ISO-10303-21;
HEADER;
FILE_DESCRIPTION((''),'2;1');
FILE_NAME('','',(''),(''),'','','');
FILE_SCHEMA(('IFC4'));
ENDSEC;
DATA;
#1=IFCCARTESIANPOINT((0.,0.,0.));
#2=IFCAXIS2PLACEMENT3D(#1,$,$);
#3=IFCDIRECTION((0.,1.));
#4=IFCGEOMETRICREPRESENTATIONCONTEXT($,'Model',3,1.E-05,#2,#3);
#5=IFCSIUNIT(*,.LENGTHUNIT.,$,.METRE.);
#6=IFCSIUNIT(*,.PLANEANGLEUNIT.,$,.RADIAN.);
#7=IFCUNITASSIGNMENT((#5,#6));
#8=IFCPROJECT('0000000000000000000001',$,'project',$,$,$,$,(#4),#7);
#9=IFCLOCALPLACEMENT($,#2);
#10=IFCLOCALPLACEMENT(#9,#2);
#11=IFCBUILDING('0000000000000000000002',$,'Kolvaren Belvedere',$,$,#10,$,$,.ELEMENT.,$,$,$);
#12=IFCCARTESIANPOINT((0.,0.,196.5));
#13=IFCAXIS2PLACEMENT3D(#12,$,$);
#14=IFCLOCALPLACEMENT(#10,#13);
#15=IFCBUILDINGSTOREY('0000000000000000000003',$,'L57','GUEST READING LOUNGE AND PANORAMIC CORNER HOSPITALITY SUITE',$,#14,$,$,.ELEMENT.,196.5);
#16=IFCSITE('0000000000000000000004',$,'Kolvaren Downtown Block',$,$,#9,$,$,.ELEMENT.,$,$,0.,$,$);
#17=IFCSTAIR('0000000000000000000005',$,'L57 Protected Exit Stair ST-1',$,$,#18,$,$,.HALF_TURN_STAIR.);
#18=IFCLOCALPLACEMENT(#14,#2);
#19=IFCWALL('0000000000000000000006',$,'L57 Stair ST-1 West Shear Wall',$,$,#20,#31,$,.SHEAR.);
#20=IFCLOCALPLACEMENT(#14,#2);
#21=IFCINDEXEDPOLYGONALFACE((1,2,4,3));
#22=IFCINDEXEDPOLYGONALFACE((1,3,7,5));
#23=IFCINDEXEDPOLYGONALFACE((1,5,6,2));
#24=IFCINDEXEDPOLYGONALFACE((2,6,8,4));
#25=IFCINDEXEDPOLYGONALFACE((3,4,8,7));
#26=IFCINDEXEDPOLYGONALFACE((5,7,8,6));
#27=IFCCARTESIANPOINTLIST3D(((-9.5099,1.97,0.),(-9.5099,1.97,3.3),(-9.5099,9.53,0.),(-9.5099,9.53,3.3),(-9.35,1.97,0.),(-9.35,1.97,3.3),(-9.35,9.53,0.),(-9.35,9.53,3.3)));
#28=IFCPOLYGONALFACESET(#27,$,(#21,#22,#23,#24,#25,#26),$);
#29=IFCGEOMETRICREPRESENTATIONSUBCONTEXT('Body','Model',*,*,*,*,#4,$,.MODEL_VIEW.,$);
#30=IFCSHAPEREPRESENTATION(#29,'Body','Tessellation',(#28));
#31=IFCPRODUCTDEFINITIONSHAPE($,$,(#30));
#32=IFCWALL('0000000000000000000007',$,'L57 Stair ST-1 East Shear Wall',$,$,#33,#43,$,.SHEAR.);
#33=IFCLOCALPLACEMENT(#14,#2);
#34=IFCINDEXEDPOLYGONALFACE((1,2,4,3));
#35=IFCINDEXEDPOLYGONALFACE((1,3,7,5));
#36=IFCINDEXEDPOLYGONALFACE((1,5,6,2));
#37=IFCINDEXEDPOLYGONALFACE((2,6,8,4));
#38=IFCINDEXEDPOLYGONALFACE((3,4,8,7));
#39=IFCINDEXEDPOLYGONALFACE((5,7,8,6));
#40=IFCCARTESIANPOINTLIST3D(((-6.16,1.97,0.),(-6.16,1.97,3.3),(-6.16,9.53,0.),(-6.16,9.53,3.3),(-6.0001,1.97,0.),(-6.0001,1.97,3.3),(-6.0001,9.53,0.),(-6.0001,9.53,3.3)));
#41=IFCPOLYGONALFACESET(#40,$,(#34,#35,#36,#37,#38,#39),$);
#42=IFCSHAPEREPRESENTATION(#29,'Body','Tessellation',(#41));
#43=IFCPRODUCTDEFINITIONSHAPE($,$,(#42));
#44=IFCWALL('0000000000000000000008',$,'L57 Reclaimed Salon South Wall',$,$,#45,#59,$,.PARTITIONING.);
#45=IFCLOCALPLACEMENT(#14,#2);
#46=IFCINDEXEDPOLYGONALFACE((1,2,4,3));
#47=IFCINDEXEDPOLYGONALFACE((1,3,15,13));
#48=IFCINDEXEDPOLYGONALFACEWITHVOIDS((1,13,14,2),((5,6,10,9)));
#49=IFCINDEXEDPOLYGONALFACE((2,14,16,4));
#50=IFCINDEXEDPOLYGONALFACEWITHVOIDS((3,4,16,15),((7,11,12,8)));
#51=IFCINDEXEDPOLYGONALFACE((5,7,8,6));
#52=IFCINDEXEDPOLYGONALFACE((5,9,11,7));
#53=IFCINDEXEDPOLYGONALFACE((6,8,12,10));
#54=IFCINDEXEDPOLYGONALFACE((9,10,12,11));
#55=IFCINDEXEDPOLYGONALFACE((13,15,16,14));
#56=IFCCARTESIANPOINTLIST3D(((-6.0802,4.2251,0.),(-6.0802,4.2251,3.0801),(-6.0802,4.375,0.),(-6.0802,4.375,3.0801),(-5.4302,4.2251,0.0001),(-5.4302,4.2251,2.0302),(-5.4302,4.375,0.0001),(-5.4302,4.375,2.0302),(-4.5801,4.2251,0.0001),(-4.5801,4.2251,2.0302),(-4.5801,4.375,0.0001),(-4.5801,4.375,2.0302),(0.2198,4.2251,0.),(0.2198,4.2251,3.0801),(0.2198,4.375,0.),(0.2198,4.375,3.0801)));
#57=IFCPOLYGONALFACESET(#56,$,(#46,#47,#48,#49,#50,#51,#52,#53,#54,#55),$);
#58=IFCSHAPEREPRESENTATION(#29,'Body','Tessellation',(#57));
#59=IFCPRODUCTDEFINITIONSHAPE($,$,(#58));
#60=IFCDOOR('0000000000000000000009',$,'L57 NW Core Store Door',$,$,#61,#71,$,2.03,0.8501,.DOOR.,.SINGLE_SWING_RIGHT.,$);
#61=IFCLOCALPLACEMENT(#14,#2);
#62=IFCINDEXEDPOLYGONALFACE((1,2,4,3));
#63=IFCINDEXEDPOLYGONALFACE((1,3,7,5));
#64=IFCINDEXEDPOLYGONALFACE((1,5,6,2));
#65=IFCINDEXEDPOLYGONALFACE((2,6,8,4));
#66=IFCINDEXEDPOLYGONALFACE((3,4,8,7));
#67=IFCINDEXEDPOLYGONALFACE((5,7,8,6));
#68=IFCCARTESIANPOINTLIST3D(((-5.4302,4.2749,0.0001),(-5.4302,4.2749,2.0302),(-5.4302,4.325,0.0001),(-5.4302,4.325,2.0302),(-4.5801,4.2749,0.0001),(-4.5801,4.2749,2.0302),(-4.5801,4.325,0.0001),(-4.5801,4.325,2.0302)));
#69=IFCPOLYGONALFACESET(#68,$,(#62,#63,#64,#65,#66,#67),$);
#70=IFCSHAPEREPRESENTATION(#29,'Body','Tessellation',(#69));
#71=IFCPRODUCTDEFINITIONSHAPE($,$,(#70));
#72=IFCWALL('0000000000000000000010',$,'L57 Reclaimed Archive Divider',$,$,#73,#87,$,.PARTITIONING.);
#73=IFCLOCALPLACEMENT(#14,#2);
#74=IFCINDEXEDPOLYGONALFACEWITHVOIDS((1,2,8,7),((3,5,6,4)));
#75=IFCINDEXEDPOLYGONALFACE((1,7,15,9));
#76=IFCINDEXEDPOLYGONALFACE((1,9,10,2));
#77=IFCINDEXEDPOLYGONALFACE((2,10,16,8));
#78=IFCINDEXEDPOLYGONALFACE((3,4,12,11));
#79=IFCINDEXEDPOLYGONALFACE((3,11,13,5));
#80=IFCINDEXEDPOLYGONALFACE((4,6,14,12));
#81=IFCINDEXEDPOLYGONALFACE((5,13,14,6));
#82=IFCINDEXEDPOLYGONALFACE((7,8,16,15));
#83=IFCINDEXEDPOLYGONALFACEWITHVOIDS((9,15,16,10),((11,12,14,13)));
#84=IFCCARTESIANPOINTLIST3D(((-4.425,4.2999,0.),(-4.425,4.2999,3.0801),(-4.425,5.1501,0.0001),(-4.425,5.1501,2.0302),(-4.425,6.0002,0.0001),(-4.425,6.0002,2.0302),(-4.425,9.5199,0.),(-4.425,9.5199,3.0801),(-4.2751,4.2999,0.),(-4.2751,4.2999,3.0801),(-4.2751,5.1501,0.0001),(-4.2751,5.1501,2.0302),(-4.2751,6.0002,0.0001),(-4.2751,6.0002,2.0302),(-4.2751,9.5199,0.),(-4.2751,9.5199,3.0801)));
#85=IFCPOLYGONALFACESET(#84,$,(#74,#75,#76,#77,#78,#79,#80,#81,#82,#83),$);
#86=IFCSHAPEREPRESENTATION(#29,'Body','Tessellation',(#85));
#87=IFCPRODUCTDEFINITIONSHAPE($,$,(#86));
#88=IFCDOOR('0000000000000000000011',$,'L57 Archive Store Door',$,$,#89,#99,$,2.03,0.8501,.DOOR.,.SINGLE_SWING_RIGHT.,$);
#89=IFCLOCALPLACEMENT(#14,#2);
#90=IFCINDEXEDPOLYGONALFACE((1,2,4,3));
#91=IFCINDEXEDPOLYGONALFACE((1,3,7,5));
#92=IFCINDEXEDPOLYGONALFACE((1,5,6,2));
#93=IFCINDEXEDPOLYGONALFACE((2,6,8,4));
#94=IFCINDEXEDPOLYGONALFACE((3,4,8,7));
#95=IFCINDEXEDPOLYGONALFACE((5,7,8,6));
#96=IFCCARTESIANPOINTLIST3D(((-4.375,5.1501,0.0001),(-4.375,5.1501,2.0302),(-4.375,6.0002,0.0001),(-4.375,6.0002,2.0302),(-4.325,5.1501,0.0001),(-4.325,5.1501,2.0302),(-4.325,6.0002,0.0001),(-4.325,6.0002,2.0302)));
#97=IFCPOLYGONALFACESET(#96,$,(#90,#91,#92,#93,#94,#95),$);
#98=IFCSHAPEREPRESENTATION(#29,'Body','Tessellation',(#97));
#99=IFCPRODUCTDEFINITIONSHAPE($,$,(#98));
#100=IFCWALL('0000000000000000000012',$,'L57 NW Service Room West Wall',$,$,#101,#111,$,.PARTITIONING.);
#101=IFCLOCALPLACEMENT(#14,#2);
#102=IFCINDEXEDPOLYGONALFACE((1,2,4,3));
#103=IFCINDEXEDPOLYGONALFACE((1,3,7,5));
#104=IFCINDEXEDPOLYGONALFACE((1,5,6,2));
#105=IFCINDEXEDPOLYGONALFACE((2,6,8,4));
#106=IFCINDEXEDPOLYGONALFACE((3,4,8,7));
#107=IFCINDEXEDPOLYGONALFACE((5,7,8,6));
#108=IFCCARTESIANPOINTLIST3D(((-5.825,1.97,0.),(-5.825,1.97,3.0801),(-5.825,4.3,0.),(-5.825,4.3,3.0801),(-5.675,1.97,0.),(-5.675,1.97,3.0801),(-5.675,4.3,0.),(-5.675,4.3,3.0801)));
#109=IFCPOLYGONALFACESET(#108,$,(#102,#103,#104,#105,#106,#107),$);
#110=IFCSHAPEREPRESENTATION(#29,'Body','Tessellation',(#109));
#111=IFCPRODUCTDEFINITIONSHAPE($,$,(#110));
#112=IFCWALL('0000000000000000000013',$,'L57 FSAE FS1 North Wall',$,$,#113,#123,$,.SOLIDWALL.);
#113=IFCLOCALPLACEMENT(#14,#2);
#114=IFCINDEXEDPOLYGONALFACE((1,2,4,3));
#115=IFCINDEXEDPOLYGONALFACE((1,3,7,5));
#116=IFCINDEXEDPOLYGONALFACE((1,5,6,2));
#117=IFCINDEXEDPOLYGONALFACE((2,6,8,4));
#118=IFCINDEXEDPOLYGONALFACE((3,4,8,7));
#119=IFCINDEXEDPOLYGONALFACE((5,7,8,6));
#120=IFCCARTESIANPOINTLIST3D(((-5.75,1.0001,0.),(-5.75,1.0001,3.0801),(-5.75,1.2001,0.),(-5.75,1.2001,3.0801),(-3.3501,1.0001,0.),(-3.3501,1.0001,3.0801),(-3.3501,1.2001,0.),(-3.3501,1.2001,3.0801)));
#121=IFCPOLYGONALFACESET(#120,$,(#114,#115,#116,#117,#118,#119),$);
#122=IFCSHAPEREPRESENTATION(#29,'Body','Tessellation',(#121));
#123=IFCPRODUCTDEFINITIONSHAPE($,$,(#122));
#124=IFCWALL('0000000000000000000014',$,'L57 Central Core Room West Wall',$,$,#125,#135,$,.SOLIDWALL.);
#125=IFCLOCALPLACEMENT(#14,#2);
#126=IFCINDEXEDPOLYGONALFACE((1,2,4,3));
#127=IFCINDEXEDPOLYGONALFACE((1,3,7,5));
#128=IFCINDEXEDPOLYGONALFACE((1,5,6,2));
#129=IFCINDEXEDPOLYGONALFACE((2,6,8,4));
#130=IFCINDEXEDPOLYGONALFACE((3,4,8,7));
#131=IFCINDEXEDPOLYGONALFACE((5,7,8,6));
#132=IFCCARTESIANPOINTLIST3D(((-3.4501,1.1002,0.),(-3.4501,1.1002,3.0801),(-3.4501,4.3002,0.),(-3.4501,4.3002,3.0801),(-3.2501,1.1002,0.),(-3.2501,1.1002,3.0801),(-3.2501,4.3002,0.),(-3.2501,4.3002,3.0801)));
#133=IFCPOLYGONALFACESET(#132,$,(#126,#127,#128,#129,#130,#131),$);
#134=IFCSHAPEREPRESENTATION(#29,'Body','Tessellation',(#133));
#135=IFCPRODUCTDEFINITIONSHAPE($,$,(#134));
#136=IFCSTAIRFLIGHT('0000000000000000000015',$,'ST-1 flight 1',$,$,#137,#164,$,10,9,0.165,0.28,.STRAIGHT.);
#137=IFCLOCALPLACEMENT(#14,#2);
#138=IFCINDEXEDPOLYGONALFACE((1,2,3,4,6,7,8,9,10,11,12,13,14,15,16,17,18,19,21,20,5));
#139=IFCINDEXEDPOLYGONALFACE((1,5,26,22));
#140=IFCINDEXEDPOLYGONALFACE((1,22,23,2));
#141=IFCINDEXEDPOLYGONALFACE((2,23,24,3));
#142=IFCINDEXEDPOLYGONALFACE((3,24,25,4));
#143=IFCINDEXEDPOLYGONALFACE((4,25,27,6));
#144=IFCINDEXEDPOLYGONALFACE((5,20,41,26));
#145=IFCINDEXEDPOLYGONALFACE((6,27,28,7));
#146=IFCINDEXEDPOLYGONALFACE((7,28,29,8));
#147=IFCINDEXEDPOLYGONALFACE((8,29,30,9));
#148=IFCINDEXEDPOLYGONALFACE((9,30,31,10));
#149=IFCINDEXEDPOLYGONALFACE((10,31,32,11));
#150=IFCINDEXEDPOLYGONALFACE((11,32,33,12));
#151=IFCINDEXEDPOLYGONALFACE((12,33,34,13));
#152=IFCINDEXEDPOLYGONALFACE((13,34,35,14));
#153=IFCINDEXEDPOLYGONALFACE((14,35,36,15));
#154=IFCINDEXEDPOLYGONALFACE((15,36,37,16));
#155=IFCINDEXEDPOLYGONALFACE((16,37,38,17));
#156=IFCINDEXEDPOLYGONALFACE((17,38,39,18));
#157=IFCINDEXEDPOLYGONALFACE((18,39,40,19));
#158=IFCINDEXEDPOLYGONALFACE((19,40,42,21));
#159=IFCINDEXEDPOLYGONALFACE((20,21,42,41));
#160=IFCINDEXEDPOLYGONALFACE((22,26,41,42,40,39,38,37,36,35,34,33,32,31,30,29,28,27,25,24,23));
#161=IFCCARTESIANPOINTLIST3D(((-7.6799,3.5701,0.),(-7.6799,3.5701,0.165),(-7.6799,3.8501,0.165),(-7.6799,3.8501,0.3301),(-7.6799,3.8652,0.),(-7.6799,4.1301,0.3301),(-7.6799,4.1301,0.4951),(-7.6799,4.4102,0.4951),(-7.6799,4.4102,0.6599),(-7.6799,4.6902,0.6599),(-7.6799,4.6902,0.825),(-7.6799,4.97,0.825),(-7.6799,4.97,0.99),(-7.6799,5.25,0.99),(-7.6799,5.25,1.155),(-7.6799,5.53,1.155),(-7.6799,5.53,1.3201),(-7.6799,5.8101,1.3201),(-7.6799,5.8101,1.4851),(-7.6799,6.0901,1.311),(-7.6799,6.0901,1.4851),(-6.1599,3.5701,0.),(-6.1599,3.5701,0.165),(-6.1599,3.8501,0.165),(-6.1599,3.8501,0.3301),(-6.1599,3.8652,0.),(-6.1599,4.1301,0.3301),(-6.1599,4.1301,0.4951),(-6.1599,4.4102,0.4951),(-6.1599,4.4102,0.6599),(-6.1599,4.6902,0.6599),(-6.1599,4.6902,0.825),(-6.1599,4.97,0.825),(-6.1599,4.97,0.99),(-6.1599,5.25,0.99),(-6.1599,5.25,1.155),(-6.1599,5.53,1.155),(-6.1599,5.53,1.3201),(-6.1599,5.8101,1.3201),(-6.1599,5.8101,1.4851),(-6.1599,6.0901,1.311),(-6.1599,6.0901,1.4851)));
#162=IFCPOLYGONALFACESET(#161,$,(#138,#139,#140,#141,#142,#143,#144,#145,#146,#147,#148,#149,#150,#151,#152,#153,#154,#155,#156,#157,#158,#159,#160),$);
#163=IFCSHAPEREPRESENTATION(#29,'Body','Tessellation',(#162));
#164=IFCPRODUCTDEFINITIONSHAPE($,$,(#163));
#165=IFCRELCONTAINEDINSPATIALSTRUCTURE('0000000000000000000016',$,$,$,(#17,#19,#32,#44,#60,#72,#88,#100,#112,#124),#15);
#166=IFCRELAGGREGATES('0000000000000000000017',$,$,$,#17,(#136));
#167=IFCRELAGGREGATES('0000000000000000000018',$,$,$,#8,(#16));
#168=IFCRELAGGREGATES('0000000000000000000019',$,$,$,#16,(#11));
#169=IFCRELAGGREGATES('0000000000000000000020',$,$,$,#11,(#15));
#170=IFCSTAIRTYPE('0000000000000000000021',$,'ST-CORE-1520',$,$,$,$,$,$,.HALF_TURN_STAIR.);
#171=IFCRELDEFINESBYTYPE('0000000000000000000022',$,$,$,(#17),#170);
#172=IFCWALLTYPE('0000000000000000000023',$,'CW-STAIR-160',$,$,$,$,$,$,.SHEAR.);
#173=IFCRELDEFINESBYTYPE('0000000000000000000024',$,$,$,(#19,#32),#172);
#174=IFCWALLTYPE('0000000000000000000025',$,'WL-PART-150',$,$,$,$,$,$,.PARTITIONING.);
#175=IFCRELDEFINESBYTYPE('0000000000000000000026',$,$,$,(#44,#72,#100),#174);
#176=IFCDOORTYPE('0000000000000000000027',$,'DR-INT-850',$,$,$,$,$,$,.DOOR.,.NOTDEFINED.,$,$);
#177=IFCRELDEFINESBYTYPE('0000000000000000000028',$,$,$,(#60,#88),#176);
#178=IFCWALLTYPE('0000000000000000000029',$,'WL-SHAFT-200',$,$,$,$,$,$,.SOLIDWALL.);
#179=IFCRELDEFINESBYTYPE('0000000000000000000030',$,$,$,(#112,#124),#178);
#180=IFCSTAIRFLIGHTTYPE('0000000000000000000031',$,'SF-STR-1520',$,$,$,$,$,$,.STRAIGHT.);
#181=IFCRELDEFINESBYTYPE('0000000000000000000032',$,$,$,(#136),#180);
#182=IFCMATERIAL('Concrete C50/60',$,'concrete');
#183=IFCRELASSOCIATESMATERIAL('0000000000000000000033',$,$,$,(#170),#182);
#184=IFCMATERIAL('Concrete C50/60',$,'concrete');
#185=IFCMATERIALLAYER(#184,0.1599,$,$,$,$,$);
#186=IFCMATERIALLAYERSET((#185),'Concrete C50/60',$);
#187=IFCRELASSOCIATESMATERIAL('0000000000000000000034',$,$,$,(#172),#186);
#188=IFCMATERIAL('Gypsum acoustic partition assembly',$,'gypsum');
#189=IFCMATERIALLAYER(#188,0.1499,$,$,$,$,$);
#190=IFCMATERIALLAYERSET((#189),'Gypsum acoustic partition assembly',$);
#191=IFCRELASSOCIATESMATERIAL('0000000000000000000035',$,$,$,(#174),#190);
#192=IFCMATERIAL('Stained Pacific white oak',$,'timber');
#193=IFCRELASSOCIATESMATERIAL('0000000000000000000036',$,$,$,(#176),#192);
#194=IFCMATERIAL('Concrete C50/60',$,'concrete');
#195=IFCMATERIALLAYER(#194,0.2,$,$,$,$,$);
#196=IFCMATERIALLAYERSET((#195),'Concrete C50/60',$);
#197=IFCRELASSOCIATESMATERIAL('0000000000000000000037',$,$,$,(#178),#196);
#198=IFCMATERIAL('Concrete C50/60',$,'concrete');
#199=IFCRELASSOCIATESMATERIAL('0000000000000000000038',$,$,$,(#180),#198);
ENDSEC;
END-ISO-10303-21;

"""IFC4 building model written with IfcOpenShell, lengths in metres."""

from ifc_helpers import new_model, si_unit, direction, frame, frame_2d, origin, place, context, subcontext, project, spatial, polyline, rectangle, outline, extrude, material, layer, layer_set, type_object, element, fill, aggregate, save


model = new_model("IFC4")

# Units and contexts
model_context = context("Model", 3, precision=1e-05, world=origin(), true_north=direction((0.0, 1.0)))
body_context = subcontext(model_context, "Body", "Model", "MODEL_VIEW")
ifc_project = project(units=[si_unit("LENGTHUNIT", "METRE"), si_unit("PLANEANGLEUNIT", "RADIAN")], contexts=[model_context])

# Site, building, storey
site_placement = place(None, origin())
site = spatial("IfcSite", under=ifc_project, at=site_placement, Name="Kolvaren Downtown Block", CompositionType="ELEMENT", RefElevation=0.0)
building_placement = place(site_placement, origin())
building = spatial("IfcBuilding", under=site, at=building_placement, Name="Kolvaren Belvedere", CompositionType="ELEMENT")
storey_placement = place(building_placement, frame((0.0, 0.0, 196.5)))
storey = spatial("IfcBuildingStorey", under=building, at=storey_placement, Name="L57", Description="GUEST READING LOUNGE AND PANORAMIC CORNER HOSPITALITY SUITE", CompositionType="ELEMENT", Elevation=196.5)

# Stair
ifc_material_1 = material(Name="Concrete C50/60", Category="concrete")
stair_type = type_object("IfcStairType", Name="ST-CORE-1520", PredefinedType="HALF_TURN_STAIR", material=ifc_material_1)
stair_1_placement = place(storey_placement, origin())
stair_1 = element("IfcStair", 1, at=stair_1_placement, inside=storey, type_object=stair_type, Name="L57 Protected Exit Stair ST-1", PredefinedType="HALF_TURN_STAIR")

# Shared definitions
ifc_material_2 = material(Name="Concrete C50/60", Category="concrete")
ifc_layer_1 = layer(ifc_material_2, 0.1599)
ifc_layer_set_1 = layer_set([ifc_layer_1], Name="Concrete C50/60")
wall_type_1 = type_object("IfcWallType", Name="CW-STAIR-160", PredefinedType="SHEAR", material=ifc_layer_set_1)

# Walls
for number, where, z_axis, x_axis, name in (
    (2, (-9.4299, 1.97, 0.0), (0.0, 0.0, 1.0), (0.0, 1.0, 0.0), "L57 Stair ST-1 West Shear Wall"),
    (3, (-6.0801, 1.97, 0.0), (0.0, 0.0, 1.0), (0.0, 1.0, 0.0), "L57 Stair ST-1 East Shear Wall"),
):
    element("IfcWall", number, at=place(storey_placement, frame(where, z_axis=z_axis, x_axis=x_axis)), inside=storey, type_object=wall_type_1, Name=name, PredefinedType="SHEAR", context=body_context, shape_type="SweptSolid", body=[
        extrude(rectangle(XDim=7.5601, YDim=0.1599, at=frame_2d((3.78, 0.0))), origin(), (0.0, 0.0, 1.0), 3.3),
    ])

# Walls, openings, doors
ifc_material_3 = material(Name="Gypsum acoustic partition assembly", Category="gypsum")
ifc_layer_2 = layer(ifc_material_3, 0.1499)
ifc_layer_set_2 = layer_set([ifc_layer_2], Name="Gypsum acoustic partition assembly")
wall_type_2 = type_object("IfcWallType", Name="WL-PART-150", PredefinedType="PARTITIONING", material=ifc_layer_set_2)
wall_1_placement = place(storey_placement, frame((-6.0801, 4.3, 0.0), z_axis=(0.0, 0.0, 1.0), x_axis=(1.0, 0.0, 0.0)))
wall_1 = element("IfcWall", 4, at=wall_1_placement, inside=storey, type_object=wall_type_2, Name="L57 Reclaimed Salon South Wall", PredefinedType="PARTITIONING", context=body_context, shape_type="SweptSolid", body=[
    extrude(rectangle(XDim=6.3, YDim=0.1499, at=frame_2d((3.1499, 0.0))), origin(), (0.0, 0.0, 1.0), 3.0801),
])
opening_1_placement = place(wall_1_placement, frame((0.6499, 0.0, 0.0)))
opening_1 = element("IfcOpeningElement", 5, at=opening_1_placement, cuts=wall_1, PredefinedType="OPENING", context=body_context, shape_type="SweptSolid", body=[
    extrude(rectangle(XDim=0.8501, YDim=2.03, at=frame_2d((0.425, 1.0151))), frame((0.0, 0.085, 0.0), z_axis=(0.0, -1.0, 0.0), x_axis=(1.0, 0.0, 0.0)), (0.0, 0.0, 1.0), 0.1699),
])
ifc_material_4 = material(Name="Stained Pacific white oak", Category="timber")
door_type_1 = type_object("IfcDoorType", Name="DR-INT-850", OperationType="NOTDEFINED", PredefinedType="DOOR", material=ifc_material_4)
door_1_placement = place(opening_1_placement, origin())
door_1 = element("IfcDoor", 6, at=door_1_placement, inside=storey, type_object=door_type_1, Name="L57 NW Core Store Door", OperationType="SINGLE_SWING_RIGHT", OverallHeight=2.03, OverallWidth=0.8501, PredefinedType="DOOR", context=body_context, shape_type="SweptSolid", body=[
    extrude(rectangle(XDim=0.8501, YDim=2.03, at=frame_2d((0.425, 1.0151))), frame((0.0, 0.0249, 0.0), z_axis=(0.0, -1.0, 0.0), x_axis=(1.0, 0.0, 0.0)), (0.0, 0.0, 1.0), 0.05),
])
fill(opening_1, door_1)
wall_2_placement = place(storey_placement, frame((-4.3501, 4.3, 0.0), z_axis=(0.0, 0.0, 1.0), x_axis=(0.0, 1.0, 0.0)))
wall_2 = element("IfcWall", 7, at=wall_2_placement, inside=storey, type_object=wall_type_2, Name="L57 Reclaimed Archive Divider", PredefinedType="PARTITIONING", context=body_context, shape_type="SweptSolid", body=[
    extrude(rectangle(XDim=5.22, YDim=0.1499, at=frame_2d((2.6099, 0.0))), origin(), (0.0, 0.0, 1.0), 3.0801),
])
opening_2_placement = place(wall_2_placement, frame((0.8501, 0.0, 0.0)))
opening_2 = element("IfcOpeningElement", 8, at=opening_2_placement, cuts=wall_2, PredefinedType="OPENING", context=body_context, shape_type="SweptSolid", body=[
    extrude(rectangle(XDim=0.8501, YDim=2.03, at=frame_2d((0.425, 1.0151))), frame((0.0, 0.085, 0.0), z_axis=(0.0, -1.0, 0.0), x_axis=(1.0, 0.0, 0.0)), (0.0, 0.0, 1.0), 0.1699),
])
door_2_placement = place(opening_2_placement, origin())
door_2 = element("IfcDoor", 9, at=door_2_placement, inside=storey, type_object=door_type_1, Name="L57 Archive Store Door", OperationType="SINGLE_SWING_RIGHT", OverallHeight=2.03, OverallWidth=0.8501, PredefinedType="DOOR", context=body_context, shape_type="SweptSolid", body=[
    extrude(rectangle(XDim=0.8501, YDim=2.03, at=frame_2d((0.425, 1.0151))), frame((0.0, 0.0249, 0.0), z_axis=(0.0, -1.0, 0.0), x_axis=(1.0, 0.0, 0.0)), (0.0, 0.0, 1.0), 0.05),
])
fill(opening_2, door_2)

# Walls
wall_3_placement = place(storey_placement, frame((-5.75, 1.97, 0.0), z_axis=(0.0, 0.0, 1.0), x_axis=(0.0, 1.0, 0.0)))
element("IfcWall", 10, at=wall_3_placement, inside=storey, type_object=wall_type_2, Name="L57 NW Service Room West Wall", PredefinedType="PARTITIONING", context=body_context, shape_type="SweptSolid", body=[
    extrude(rectangle(XDim=2.3301, YDim=0.1499, at=frame_2d((1.165, 0.0))), origin(), (0.0, 0.0, 1.0), 3.0801),
])
ifc_material_5 = material(Name="Concrete C50/60", Category="concrete")
ifc_layer_3 = layer(ifc_material_5, 0.2)
ifc_layer_set_3 = layer_set([ifc_layer_3], Name="Concrete C50/60")
wall_type_3 = type_object("IfcWallType", Name="WL-SHAFT-200", PredefinedType="SOLIDWALL", material=ifc_layer_set_3)
wall_4_placement = place(storey_placement, frame((-5.75, 1.1001, 0.0), z_axis=(0.0, 0.0, 1.0), x_axis=(1.0, 0.0, 0.0)))
element("IfcWall", 11, at=wall_4_placement, inside=storey, type_object=wall_type_3, Name="L57 FSAE FS1 North Wall", PredefinedType="SOLIDWALL", context=body_context, shape_type="SweptSolid", body=[
    extrude(rectangle(XDim=2.3999, YDim=0.2, at=frame_2d((1.2, 0.0))), origin(), (0.0, 0.0, 1.0), 3.0801),
])
wall_5_placement = place(storey_placement, frame((-3.3501, 1.1001, 0.0), z_axis=(0.0, 0.0, 1.0), x_axis=(0.0, 1.0, 0.0)))
element("IfcWall", 12, at=wall_5_placement, inside=storey, type_object=wall_type_3, Name="L57 Central Core Room West Wall", PredefinedType="SOLIDWALL", context=body_context, shape_type="SweptSolid", body=[
    extrude(rectangle(XDim=3.2, YDim=0.2, at=frame_2d((1.6001, 0.0))), origin(), (0.0, 0.0, 1.0), 3.0801),
])

# Stair flight
ifc_material_6 = material(Name="Concrete C50/60", Category="concrete")
stair_flight_type = type_object("IfcStairFlightType", Name="SF-STR-1520", PredefinedType="STRAIGHT", material=ifc_material_6)
stair_flight_1_placement = place(storey_placement, frame((-6.9199, 3.5701, 0.0), z_axis=(0.0, 0.0, 1.0), x_axis=(0.0, 1.0, 0.0)))
stair_flight_1 = element("IfcStairFlight", 13, at=stair_flight_1_placement, type_object=stair_flight_type, Name="ST-1 flight 1", NumberOfRisers=10, NumberOfTreads=9, PredefinedType="STRAIGHT", RiserHeight=0.165, TreadLength=0.28, context=body_context, shape_type="SweptSolid", body=[
    extrude(outline(polyline([(0.0, 0.0), (0.0, 0.165), (0.28, 0.165), (0.28, 0.3301), (0.5601, 0.3301), (0.5601, 0.4951), (0.8401, 0.4951), (0.8401, 0.6599), (1.1201, 0.6599), (1.1201, 0.825), (1.3999, 0.825), (1.3999, 0.99), (1.6799, 0.99), (1.6799, 1.155), (1.96, 1.155), (1.96, 1.3201), (2.24, 1.3201), (2.24, 1.4851), (2.52, 1.4851), (2.52, 1.6499), (2.52, 1.311), (0.2952, 0.0), (0.0, 0.0)])), frame((0.0, 0.76, 0.0), z_axis=(0.0, -1.0, 0.0), x_axis=(1.0, 0.0, 0.0)), (0.0, 0.0, 1.0), 1.52),
])
aggregate(stair_1, [stair_flight_1])

save(model, "model.ifc")
